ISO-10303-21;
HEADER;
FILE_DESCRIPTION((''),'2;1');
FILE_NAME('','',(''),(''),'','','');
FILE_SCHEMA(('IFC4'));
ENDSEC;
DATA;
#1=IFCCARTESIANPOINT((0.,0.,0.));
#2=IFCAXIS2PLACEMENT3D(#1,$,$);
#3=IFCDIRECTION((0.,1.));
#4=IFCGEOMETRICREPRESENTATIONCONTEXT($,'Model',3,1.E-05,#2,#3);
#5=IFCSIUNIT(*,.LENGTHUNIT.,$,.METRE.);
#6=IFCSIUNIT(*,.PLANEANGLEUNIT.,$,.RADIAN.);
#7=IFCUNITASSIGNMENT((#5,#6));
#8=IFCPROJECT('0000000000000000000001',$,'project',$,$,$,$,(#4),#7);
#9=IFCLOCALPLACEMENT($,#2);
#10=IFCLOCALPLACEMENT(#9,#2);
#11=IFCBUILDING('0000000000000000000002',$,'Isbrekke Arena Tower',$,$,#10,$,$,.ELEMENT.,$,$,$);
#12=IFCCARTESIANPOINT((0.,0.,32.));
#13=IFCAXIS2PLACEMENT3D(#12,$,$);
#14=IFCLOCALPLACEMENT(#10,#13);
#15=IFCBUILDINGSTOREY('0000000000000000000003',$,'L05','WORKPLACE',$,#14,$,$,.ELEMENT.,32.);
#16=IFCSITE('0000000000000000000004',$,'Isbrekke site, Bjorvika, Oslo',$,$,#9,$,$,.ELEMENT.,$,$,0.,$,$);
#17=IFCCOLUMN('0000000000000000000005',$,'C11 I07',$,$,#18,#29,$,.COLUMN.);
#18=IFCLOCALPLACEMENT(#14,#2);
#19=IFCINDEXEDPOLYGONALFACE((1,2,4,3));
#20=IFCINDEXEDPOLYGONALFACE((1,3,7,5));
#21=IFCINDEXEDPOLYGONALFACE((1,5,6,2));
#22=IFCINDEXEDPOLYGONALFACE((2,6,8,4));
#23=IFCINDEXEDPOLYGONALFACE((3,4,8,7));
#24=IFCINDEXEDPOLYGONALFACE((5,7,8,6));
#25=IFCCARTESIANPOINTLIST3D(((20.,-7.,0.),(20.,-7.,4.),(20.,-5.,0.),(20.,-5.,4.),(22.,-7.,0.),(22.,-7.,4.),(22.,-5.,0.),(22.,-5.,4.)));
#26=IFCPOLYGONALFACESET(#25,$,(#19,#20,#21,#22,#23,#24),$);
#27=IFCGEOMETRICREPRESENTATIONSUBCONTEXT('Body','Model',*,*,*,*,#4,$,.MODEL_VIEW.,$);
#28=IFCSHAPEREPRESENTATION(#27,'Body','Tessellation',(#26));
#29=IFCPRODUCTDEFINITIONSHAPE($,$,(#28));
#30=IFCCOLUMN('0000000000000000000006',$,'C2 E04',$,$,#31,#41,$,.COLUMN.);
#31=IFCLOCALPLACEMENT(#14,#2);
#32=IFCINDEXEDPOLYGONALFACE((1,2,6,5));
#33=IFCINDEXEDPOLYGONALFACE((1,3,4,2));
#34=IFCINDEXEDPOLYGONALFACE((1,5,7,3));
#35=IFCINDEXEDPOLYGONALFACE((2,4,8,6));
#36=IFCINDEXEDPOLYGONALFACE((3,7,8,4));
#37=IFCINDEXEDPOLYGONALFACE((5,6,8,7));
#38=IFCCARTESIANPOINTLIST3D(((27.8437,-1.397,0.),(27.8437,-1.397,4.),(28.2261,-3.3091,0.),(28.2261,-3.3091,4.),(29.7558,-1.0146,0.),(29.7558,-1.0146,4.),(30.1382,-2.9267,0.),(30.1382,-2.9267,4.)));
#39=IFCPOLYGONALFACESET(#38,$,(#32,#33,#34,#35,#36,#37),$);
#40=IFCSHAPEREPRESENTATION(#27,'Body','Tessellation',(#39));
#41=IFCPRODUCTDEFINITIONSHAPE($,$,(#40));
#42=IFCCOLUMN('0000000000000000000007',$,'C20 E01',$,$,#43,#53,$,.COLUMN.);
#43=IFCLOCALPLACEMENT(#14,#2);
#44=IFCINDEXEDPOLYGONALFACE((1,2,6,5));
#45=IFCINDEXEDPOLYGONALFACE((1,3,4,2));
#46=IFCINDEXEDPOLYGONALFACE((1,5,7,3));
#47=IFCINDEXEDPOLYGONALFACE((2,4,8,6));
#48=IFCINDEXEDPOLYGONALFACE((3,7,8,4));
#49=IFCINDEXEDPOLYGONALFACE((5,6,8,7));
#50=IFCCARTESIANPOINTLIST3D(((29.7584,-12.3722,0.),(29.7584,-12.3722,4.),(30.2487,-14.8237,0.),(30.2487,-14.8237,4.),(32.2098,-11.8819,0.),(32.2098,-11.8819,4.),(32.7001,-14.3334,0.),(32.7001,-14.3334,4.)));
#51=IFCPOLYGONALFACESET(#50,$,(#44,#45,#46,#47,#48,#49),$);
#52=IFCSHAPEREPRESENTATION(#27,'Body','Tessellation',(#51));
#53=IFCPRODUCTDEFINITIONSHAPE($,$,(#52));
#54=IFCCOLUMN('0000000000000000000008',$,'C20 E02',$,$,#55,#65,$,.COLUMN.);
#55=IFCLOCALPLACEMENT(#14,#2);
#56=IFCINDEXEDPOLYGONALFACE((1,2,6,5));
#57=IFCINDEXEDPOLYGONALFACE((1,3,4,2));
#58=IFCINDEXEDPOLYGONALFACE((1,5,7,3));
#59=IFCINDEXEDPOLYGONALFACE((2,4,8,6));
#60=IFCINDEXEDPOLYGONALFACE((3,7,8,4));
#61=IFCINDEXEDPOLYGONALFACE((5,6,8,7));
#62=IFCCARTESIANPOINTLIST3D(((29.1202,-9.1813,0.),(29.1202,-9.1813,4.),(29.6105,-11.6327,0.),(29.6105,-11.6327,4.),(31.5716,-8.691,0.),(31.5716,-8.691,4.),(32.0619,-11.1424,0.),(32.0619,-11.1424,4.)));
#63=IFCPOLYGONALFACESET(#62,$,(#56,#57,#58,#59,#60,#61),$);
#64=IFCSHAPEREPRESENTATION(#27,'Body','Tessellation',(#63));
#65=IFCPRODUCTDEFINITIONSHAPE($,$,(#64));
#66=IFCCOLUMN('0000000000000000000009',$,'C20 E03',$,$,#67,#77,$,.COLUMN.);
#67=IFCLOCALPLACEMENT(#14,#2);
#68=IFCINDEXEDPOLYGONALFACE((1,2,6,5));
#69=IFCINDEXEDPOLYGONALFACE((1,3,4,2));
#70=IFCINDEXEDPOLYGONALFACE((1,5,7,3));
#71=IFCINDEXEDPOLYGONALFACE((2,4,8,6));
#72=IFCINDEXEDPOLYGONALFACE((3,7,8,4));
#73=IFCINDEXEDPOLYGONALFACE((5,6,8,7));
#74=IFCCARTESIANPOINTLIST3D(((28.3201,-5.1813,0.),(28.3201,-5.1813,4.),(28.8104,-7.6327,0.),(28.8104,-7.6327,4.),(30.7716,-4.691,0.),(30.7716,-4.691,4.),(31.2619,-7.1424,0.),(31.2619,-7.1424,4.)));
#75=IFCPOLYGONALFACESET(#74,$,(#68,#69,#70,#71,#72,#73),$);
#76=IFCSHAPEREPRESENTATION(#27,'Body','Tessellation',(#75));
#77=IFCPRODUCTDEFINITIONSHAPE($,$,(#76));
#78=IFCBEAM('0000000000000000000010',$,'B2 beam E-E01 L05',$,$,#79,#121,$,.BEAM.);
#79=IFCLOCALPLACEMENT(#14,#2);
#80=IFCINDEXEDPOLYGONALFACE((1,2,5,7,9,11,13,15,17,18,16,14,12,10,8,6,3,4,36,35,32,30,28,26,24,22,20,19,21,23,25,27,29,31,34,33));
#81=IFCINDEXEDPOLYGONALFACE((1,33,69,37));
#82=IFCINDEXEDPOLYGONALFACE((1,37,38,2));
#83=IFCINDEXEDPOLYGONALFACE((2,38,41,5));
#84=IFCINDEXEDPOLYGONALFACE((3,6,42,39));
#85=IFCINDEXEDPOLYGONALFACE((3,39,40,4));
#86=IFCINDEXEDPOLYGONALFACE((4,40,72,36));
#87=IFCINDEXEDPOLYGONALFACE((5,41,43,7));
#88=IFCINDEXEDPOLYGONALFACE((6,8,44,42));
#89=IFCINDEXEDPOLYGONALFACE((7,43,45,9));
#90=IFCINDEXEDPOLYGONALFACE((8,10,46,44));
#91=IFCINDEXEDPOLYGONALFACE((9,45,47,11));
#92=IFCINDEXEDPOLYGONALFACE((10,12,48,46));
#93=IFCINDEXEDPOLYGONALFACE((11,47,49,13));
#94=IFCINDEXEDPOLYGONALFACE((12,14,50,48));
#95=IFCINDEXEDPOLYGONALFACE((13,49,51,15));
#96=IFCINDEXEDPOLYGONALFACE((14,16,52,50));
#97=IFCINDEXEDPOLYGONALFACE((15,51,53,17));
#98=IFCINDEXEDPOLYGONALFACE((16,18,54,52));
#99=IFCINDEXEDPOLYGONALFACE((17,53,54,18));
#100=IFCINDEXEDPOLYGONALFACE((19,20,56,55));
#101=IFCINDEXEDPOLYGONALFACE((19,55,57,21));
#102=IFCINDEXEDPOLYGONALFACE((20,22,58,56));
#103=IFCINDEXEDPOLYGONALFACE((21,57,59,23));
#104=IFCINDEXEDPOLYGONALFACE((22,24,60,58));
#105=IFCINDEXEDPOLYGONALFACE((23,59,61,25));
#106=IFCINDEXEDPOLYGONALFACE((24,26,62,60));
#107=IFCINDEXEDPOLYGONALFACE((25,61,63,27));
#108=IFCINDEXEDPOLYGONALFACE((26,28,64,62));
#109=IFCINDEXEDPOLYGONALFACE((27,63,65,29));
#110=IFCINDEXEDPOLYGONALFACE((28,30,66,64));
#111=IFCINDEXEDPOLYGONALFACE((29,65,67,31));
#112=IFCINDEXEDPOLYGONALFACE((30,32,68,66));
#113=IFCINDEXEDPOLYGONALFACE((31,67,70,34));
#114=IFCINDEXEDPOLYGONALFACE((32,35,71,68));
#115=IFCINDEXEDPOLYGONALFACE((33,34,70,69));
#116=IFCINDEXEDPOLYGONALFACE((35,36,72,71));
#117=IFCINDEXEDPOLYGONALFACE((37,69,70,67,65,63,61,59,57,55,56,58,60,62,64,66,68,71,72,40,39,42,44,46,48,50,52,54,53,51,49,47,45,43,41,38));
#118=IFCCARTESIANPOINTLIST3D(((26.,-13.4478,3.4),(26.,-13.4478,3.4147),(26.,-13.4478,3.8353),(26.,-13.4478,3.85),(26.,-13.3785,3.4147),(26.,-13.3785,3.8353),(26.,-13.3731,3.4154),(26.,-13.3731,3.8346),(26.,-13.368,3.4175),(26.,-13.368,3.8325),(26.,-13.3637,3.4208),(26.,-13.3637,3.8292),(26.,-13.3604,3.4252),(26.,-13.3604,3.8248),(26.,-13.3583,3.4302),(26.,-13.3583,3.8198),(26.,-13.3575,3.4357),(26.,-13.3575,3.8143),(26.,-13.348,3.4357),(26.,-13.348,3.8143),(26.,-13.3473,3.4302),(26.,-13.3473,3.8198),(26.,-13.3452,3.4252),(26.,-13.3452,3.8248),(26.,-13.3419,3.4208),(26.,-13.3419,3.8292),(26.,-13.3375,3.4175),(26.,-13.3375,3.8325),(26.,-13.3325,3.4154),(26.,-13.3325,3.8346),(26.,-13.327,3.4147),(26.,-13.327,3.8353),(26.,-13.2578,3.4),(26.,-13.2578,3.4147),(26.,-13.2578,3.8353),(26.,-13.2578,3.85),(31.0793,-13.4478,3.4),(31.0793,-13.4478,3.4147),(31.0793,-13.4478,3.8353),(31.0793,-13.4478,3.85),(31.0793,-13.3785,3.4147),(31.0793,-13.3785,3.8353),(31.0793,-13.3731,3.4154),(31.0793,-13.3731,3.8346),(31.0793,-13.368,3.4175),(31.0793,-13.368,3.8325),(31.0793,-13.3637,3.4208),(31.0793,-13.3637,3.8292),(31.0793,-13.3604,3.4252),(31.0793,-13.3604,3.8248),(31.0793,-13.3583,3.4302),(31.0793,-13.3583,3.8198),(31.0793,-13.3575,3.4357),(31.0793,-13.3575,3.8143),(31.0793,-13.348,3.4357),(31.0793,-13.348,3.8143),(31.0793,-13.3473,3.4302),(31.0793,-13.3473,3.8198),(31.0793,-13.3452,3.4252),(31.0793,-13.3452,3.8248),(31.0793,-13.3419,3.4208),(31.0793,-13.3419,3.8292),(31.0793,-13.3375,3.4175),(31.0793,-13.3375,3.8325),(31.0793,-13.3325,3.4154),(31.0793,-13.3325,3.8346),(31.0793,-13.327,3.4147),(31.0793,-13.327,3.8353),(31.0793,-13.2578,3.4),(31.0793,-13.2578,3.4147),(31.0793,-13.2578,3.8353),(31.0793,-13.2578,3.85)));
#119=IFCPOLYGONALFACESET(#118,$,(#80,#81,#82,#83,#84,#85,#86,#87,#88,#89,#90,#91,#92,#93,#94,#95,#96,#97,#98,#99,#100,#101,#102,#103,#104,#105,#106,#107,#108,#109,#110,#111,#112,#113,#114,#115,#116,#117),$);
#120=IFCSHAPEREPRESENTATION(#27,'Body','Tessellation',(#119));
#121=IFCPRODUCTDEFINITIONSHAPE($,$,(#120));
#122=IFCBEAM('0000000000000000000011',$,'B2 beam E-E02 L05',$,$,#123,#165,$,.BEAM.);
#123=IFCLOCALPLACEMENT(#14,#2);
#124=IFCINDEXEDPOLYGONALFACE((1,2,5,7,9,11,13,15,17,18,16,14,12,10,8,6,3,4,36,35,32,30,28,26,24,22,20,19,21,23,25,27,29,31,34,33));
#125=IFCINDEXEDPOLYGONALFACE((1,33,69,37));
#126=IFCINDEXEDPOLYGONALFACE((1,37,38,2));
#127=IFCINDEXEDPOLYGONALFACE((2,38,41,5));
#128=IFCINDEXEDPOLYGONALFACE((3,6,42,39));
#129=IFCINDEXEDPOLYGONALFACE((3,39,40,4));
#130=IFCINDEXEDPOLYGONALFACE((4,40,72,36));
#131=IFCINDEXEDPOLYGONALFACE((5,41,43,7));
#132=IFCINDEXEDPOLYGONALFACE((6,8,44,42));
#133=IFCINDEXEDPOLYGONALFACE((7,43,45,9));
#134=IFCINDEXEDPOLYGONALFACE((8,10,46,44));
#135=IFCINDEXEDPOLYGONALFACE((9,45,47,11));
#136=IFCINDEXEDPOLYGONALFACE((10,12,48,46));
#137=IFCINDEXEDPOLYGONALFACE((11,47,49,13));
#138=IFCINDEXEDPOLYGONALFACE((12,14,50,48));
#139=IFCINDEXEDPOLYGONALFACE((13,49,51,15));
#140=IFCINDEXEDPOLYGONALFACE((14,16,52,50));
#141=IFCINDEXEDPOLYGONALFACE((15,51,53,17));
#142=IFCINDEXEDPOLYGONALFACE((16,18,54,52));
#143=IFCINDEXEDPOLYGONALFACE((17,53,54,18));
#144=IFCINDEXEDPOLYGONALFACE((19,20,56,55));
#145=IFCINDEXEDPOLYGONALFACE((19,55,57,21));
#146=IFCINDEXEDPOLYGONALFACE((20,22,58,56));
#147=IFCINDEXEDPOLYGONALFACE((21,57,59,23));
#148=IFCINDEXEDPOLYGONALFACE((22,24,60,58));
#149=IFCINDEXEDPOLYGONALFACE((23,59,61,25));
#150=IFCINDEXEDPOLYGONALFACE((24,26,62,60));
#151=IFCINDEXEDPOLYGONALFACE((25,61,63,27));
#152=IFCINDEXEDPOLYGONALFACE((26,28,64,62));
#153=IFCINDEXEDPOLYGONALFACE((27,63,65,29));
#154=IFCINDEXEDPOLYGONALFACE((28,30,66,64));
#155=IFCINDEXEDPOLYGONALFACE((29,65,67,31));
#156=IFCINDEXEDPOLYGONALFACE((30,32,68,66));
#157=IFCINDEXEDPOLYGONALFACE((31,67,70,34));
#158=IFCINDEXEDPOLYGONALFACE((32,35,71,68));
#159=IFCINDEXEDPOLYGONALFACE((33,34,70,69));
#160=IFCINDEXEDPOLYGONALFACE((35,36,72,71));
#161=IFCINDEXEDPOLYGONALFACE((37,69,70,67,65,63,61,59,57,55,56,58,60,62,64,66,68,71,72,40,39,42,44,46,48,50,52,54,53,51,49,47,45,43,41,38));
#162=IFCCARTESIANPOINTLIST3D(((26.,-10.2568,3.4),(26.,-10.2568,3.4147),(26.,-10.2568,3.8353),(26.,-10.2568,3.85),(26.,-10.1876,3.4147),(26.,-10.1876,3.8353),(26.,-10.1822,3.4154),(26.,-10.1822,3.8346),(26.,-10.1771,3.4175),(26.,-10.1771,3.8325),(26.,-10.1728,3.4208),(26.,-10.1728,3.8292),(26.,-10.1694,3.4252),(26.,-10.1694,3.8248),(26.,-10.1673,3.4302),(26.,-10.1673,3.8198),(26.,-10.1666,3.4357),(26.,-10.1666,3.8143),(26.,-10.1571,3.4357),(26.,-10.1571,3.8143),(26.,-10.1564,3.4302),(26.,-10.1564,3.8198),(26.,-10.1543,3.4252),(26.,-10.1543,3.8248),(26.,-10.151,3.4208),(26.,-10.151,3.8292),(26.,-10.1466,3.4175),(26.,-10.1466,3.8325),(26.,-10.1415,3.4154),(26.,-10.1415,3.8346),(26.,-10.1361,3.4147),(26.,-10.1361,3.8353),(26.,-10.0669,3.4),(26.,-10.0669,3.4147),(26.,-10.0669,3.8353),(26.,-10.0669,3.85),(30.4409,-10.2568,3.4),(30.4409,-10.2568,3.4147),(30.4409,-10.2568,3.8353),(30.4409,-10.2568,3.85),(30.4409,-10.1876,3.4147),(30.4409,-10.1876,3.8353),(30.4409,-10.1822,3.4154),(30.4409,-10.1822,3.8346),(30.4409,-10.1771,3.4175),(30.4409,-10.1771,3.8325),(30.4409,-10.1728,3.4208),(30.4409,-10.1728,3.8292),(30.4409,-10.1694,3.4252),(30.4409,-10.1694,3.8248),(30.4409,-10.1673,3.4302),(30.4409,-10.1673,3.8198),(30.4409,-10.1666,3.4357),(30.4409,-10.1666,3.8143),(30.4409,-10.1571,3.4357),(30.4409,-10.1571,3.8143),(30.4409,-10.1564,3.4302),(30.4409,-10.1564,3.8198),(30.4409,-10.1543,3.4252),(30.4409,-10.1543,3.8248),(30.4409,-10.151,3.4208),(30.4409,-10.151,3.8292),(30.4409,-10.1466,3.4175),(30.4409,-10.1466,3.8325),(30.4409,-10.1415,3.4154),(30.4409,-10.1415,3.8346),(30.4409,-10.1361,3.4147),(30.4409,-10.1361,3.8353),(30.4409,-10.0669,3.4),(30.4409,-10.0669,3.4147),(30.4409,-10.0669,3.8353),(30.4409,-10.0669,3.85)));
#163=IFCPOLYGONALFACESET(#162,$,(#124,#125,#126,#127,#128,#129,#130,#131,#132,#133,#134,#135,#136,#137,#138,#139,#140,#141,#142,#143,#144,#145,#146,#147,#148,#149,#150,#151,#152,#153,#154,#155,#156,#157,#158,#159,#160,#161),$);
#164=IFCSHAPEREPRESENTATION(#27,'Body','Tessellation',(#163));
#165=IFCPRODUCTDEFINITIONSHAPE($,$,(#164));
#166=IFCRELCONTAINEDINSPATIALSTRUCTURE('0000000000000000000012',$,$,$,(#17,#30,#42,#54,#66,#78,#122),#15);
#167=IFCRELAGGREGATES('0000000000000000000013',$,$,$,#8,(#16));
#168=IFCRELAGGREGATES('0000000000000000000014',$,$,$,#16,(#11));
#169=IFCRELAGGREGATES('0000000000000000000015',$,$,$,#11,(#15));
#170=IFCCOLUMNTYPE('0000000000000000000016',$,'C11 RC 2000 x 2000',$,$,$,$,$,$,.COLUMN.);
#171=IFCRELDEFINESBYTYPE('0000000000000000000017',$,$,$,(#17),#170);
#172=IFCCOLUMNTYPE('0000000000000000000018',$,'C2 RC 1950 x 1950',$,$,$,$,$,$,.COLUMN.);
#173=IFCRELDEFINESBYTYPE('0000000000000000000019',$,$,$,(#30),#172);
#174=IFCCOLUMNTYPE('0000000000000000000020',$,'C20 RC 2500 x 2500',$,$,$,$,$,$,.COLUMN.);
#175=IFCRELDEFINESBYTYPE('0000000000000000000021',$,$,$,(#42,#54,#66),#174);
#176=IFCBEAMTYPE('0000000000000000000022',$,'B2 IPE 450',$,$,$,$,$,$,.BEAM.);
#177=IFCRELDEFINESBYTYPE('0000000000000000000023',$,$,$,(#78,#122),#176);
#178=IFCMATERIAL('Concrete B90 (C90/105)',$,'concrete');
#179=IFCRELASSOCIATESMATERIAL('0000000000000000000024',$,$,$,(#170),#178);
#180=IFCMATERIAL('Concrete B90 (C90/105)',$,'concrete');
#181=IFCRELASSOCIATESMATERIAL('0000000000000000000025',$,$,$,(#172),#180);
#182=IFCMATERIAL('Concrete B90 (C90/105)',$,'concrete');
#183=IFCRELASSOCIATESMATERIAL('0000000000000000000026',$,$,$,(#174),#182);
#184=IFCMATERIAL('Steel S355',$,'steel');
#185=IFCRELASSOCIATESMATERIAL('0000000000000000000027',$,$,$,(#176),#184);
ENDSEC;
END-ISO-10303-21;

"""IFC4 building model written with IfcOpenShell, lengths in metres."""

from ifc_helpers import new_model, si_unit, direction, frame, origin, origin_2d, place, context, subcontext, project, spatial, rectangle, i_section, extrude, material, material_profile, profile_set, type_object, element, save


model = new_model("IFC4")

# Units and contexts
model_context = context("Model", 3, precision=1e-05, world=origin(), true_north=direction((0.0, 1.0)))
body_context = subcontext(model_context, "Body", "Model", "MODEL_VIEW")
ifc_project = project(units=[si_unit("LENGTHUNIT", "METRE"), si_unit("PLANEANGLEUNIT", "RADIAN")], contexts=[model_context])

# Site, building, storey
site_placement = place(None, origin())
site = spatial("IfcSite", under=ifc_project, at=site_placement, Name="Isbrekke site, Bjorvika, Oslo", CompositionType="ELEMENT", RefElevation=0.0)
building_placement = place(site_placement, origin())
building = spatial("IfcBuilding", under=site, at=building_placement, Name="Isbrekke Arena Tower", CompositionType="ELEMENT")
storey_placement = place(building_placement, frame((0.0, 0.0, 32.0)))
storey = spatial("IfcBuildingStorey", under=building, at=storey_placement, Name="L05", Description="WORKPLACE", CompositionType="ELEMENT", Elevation=32.0)

# Columns
ifc_material_1 = material(Name="Concrete B90 (C90/105)", Category="concrete")
ifc_material_profile_1 = material_profile(ifc_material_1, rectangle(XDim=2.0, YDim=2.0, at=origin_2d()), Name="RC 2000x2000")
ifc_profile_set_1 = profile_set([ifc_material_profile_1], Name="Concrete B90 (C90/105)")
column_type_1 = type_object("IfcColumnType", Name="C11 RC 2000 x 2000", PredefinedType="COLUMN", material=ifc_profile_set_1)
column_1_placement = place(storey_placement, frame((21.0, -6.0, 0.0), z_axis=(0.0, 0.0, 1.0), x_axis=(1.0, 0.0, 0.0)))
element("IfcColumn", 1, at=column_1_placement, inside=storey, type_object=column_type_1, Name="C11 I07", PredefinedType="COLUMN", context=body_context, shape_type="SweptSolid", body=[
    extrude(rectangle(XDim=2.0, YDim=2.0, at=origin_2d()), origin(), (0.0, 0.0, 1.0), 4.0),
])
ifc_material_2 = material(Name="Concrete B90 (C90/105)", Category="concrete")
ifc_material_profile_2 = material_profile(ifc_material_2, rectangle(XDim=1.95, YDim=1.95, at=origin_2d()), Name="RC 1950x1950")
ifc_profile_set_2 = profile_set([ifc_material_profile_2], Name="Concrete B90 (C90/105)")
column_type_2 = type_object("IfcColumnType", Name="C2 RC 1950 x 1950", PredefinedType="COLUMN", material=ifc_profile_set_2)
column_2_placement = place(storey_placement, frame((28.991, -2.1619, 0.0), z_axis=(0.0, 0.0, 1.0), x_axis=(-0.196116, 0.980581, 0.0)))
element("IfcColumn", 2, at=column_2_placement, inside=storey, type_object=column_type_2, Name="C2 E04", PredefinedType="COLUMN", context=body_context, shape_type="SweptSolid", body=[
    extrude(rectangle(XDim=1.95, YDim=1.95, at=origin_2d()), origin(), (0.0, 0.0, 1.0), 4.0),
])
ifc_material_3 = material(Name="Concrete B90 (C90/105)", Category="concrete")
ifc_material_profile_3 = material_profile(ifc_material_3, rectangle(XDim=2.5, YDim=2.5, at=origin_2d()), Name="RC 2500x2500")
ifc_profile_set_3 = profile_set([ifc_material_profile_3], Name="Concrete B90 (C90/105)")
column_type_3 = type_object("IfcColumnType", Name="C20 RC 2500 x 2500", PredefinedType="COLUMN", material=ifc_profile_set_3)
for number, where, z_axis, x_axis, name in (
    (3, (31.2292, -13.3528, 0.0), (0.0, 0.0, 1.0), (-0.196116, 0.980581, 0.0), "C20 E01"),
    (4, (30.5911, -10.1619, 0.0), (0.0, 0.0, 1.0), (-0.196116, 0.980581, 0.0), "C20 E02"),
    (5, (29.791, -6.1619, 0.0), (0.0, 0.0, 1.0), (-0.196116, 0.980581, 0.0), "C20 E03"),
):
    element("IfcColumn", number, at=place(storey_placement, frame(where, z_axis=z_axis, x_axis=x_axis)), inside=storey, type_object=column_type_3, Name=name, PredefinedType="COLUMN", context=body_context, shape_type="SweptSolid", body=[
        extrude(rectangle(XDim=2.5, YDim=2.5, at=origin_2d()), origin(), (0.0, 0.0, 1.0), 4.0),
    ])

# Beams
ifc_material_4 = material(Name="Steel S355", Category="steel")
ifc_material_profile_4 = material_profile(ifc_material_4, i_section(OverallWidth=0.1899, OverallDepth=0.45, WebThickness=0.0095, FlangeThickness=0.0146, FilletRadius=0.021, at=origin_2d()), Name="IPE 450")
ifc_profile_set_4 = profile_set([ifc_material_profile_4], Name="Steel S355")
beam_type_1 = type_object("IfcBeamType", Name="B2 IPE 450", PredefinedType="BEAM", material=ifc_profile_set_4)
beam_1_placement = place(storey_placement, frame((31.0793, -13.3528, 3.625), z_axis=(-1.0, 0.0, 0.0), x_axis=(0.0, -1.0, 0.0)))
element("IfcBeam", 6, at=beam_1_placement, inside=storey, type_object=beam_type_1, Name="B2 beam E-E01 L05", PredefinedType="BEAM", context=body_context, shape_type="SweptSolid", body=[
    extrude(i_section(OverallWidth=0.1899, OverallDepth=0.45, WebThickness=0.0095, FlangeThickness=0.0146, FilletRadius=0.021, at=origin_2d()), origin(), (0.0, 0.0, 1.0), 5.0793),
])
beam_2_placement = place(storey_placement, frame((30.4409, -10.1619, 3.625), z_axis=(-1.0, 0.0, 0.0), x_axis=(0.0, -1.0, 0.0)))
element("IfcBeam", 7, at=beam_2_placement, inside=storey, type_object=beam_type_1, Name="B2 beam E-E02 L05", PredefinedType="BEAM", context=body_context, shape_type="SweptSolid", body=[
    extrude(i_section(OverallWidth=0.1899, OverallDepth=0.45, WebThickness=0.0095, FlangeThickness=0.0146, FilletRadius=0.021, at=origin_2d()), origin(), (0.0, 0.0, 1.0), 4.4409),
])

save(model, "model.ifc")
